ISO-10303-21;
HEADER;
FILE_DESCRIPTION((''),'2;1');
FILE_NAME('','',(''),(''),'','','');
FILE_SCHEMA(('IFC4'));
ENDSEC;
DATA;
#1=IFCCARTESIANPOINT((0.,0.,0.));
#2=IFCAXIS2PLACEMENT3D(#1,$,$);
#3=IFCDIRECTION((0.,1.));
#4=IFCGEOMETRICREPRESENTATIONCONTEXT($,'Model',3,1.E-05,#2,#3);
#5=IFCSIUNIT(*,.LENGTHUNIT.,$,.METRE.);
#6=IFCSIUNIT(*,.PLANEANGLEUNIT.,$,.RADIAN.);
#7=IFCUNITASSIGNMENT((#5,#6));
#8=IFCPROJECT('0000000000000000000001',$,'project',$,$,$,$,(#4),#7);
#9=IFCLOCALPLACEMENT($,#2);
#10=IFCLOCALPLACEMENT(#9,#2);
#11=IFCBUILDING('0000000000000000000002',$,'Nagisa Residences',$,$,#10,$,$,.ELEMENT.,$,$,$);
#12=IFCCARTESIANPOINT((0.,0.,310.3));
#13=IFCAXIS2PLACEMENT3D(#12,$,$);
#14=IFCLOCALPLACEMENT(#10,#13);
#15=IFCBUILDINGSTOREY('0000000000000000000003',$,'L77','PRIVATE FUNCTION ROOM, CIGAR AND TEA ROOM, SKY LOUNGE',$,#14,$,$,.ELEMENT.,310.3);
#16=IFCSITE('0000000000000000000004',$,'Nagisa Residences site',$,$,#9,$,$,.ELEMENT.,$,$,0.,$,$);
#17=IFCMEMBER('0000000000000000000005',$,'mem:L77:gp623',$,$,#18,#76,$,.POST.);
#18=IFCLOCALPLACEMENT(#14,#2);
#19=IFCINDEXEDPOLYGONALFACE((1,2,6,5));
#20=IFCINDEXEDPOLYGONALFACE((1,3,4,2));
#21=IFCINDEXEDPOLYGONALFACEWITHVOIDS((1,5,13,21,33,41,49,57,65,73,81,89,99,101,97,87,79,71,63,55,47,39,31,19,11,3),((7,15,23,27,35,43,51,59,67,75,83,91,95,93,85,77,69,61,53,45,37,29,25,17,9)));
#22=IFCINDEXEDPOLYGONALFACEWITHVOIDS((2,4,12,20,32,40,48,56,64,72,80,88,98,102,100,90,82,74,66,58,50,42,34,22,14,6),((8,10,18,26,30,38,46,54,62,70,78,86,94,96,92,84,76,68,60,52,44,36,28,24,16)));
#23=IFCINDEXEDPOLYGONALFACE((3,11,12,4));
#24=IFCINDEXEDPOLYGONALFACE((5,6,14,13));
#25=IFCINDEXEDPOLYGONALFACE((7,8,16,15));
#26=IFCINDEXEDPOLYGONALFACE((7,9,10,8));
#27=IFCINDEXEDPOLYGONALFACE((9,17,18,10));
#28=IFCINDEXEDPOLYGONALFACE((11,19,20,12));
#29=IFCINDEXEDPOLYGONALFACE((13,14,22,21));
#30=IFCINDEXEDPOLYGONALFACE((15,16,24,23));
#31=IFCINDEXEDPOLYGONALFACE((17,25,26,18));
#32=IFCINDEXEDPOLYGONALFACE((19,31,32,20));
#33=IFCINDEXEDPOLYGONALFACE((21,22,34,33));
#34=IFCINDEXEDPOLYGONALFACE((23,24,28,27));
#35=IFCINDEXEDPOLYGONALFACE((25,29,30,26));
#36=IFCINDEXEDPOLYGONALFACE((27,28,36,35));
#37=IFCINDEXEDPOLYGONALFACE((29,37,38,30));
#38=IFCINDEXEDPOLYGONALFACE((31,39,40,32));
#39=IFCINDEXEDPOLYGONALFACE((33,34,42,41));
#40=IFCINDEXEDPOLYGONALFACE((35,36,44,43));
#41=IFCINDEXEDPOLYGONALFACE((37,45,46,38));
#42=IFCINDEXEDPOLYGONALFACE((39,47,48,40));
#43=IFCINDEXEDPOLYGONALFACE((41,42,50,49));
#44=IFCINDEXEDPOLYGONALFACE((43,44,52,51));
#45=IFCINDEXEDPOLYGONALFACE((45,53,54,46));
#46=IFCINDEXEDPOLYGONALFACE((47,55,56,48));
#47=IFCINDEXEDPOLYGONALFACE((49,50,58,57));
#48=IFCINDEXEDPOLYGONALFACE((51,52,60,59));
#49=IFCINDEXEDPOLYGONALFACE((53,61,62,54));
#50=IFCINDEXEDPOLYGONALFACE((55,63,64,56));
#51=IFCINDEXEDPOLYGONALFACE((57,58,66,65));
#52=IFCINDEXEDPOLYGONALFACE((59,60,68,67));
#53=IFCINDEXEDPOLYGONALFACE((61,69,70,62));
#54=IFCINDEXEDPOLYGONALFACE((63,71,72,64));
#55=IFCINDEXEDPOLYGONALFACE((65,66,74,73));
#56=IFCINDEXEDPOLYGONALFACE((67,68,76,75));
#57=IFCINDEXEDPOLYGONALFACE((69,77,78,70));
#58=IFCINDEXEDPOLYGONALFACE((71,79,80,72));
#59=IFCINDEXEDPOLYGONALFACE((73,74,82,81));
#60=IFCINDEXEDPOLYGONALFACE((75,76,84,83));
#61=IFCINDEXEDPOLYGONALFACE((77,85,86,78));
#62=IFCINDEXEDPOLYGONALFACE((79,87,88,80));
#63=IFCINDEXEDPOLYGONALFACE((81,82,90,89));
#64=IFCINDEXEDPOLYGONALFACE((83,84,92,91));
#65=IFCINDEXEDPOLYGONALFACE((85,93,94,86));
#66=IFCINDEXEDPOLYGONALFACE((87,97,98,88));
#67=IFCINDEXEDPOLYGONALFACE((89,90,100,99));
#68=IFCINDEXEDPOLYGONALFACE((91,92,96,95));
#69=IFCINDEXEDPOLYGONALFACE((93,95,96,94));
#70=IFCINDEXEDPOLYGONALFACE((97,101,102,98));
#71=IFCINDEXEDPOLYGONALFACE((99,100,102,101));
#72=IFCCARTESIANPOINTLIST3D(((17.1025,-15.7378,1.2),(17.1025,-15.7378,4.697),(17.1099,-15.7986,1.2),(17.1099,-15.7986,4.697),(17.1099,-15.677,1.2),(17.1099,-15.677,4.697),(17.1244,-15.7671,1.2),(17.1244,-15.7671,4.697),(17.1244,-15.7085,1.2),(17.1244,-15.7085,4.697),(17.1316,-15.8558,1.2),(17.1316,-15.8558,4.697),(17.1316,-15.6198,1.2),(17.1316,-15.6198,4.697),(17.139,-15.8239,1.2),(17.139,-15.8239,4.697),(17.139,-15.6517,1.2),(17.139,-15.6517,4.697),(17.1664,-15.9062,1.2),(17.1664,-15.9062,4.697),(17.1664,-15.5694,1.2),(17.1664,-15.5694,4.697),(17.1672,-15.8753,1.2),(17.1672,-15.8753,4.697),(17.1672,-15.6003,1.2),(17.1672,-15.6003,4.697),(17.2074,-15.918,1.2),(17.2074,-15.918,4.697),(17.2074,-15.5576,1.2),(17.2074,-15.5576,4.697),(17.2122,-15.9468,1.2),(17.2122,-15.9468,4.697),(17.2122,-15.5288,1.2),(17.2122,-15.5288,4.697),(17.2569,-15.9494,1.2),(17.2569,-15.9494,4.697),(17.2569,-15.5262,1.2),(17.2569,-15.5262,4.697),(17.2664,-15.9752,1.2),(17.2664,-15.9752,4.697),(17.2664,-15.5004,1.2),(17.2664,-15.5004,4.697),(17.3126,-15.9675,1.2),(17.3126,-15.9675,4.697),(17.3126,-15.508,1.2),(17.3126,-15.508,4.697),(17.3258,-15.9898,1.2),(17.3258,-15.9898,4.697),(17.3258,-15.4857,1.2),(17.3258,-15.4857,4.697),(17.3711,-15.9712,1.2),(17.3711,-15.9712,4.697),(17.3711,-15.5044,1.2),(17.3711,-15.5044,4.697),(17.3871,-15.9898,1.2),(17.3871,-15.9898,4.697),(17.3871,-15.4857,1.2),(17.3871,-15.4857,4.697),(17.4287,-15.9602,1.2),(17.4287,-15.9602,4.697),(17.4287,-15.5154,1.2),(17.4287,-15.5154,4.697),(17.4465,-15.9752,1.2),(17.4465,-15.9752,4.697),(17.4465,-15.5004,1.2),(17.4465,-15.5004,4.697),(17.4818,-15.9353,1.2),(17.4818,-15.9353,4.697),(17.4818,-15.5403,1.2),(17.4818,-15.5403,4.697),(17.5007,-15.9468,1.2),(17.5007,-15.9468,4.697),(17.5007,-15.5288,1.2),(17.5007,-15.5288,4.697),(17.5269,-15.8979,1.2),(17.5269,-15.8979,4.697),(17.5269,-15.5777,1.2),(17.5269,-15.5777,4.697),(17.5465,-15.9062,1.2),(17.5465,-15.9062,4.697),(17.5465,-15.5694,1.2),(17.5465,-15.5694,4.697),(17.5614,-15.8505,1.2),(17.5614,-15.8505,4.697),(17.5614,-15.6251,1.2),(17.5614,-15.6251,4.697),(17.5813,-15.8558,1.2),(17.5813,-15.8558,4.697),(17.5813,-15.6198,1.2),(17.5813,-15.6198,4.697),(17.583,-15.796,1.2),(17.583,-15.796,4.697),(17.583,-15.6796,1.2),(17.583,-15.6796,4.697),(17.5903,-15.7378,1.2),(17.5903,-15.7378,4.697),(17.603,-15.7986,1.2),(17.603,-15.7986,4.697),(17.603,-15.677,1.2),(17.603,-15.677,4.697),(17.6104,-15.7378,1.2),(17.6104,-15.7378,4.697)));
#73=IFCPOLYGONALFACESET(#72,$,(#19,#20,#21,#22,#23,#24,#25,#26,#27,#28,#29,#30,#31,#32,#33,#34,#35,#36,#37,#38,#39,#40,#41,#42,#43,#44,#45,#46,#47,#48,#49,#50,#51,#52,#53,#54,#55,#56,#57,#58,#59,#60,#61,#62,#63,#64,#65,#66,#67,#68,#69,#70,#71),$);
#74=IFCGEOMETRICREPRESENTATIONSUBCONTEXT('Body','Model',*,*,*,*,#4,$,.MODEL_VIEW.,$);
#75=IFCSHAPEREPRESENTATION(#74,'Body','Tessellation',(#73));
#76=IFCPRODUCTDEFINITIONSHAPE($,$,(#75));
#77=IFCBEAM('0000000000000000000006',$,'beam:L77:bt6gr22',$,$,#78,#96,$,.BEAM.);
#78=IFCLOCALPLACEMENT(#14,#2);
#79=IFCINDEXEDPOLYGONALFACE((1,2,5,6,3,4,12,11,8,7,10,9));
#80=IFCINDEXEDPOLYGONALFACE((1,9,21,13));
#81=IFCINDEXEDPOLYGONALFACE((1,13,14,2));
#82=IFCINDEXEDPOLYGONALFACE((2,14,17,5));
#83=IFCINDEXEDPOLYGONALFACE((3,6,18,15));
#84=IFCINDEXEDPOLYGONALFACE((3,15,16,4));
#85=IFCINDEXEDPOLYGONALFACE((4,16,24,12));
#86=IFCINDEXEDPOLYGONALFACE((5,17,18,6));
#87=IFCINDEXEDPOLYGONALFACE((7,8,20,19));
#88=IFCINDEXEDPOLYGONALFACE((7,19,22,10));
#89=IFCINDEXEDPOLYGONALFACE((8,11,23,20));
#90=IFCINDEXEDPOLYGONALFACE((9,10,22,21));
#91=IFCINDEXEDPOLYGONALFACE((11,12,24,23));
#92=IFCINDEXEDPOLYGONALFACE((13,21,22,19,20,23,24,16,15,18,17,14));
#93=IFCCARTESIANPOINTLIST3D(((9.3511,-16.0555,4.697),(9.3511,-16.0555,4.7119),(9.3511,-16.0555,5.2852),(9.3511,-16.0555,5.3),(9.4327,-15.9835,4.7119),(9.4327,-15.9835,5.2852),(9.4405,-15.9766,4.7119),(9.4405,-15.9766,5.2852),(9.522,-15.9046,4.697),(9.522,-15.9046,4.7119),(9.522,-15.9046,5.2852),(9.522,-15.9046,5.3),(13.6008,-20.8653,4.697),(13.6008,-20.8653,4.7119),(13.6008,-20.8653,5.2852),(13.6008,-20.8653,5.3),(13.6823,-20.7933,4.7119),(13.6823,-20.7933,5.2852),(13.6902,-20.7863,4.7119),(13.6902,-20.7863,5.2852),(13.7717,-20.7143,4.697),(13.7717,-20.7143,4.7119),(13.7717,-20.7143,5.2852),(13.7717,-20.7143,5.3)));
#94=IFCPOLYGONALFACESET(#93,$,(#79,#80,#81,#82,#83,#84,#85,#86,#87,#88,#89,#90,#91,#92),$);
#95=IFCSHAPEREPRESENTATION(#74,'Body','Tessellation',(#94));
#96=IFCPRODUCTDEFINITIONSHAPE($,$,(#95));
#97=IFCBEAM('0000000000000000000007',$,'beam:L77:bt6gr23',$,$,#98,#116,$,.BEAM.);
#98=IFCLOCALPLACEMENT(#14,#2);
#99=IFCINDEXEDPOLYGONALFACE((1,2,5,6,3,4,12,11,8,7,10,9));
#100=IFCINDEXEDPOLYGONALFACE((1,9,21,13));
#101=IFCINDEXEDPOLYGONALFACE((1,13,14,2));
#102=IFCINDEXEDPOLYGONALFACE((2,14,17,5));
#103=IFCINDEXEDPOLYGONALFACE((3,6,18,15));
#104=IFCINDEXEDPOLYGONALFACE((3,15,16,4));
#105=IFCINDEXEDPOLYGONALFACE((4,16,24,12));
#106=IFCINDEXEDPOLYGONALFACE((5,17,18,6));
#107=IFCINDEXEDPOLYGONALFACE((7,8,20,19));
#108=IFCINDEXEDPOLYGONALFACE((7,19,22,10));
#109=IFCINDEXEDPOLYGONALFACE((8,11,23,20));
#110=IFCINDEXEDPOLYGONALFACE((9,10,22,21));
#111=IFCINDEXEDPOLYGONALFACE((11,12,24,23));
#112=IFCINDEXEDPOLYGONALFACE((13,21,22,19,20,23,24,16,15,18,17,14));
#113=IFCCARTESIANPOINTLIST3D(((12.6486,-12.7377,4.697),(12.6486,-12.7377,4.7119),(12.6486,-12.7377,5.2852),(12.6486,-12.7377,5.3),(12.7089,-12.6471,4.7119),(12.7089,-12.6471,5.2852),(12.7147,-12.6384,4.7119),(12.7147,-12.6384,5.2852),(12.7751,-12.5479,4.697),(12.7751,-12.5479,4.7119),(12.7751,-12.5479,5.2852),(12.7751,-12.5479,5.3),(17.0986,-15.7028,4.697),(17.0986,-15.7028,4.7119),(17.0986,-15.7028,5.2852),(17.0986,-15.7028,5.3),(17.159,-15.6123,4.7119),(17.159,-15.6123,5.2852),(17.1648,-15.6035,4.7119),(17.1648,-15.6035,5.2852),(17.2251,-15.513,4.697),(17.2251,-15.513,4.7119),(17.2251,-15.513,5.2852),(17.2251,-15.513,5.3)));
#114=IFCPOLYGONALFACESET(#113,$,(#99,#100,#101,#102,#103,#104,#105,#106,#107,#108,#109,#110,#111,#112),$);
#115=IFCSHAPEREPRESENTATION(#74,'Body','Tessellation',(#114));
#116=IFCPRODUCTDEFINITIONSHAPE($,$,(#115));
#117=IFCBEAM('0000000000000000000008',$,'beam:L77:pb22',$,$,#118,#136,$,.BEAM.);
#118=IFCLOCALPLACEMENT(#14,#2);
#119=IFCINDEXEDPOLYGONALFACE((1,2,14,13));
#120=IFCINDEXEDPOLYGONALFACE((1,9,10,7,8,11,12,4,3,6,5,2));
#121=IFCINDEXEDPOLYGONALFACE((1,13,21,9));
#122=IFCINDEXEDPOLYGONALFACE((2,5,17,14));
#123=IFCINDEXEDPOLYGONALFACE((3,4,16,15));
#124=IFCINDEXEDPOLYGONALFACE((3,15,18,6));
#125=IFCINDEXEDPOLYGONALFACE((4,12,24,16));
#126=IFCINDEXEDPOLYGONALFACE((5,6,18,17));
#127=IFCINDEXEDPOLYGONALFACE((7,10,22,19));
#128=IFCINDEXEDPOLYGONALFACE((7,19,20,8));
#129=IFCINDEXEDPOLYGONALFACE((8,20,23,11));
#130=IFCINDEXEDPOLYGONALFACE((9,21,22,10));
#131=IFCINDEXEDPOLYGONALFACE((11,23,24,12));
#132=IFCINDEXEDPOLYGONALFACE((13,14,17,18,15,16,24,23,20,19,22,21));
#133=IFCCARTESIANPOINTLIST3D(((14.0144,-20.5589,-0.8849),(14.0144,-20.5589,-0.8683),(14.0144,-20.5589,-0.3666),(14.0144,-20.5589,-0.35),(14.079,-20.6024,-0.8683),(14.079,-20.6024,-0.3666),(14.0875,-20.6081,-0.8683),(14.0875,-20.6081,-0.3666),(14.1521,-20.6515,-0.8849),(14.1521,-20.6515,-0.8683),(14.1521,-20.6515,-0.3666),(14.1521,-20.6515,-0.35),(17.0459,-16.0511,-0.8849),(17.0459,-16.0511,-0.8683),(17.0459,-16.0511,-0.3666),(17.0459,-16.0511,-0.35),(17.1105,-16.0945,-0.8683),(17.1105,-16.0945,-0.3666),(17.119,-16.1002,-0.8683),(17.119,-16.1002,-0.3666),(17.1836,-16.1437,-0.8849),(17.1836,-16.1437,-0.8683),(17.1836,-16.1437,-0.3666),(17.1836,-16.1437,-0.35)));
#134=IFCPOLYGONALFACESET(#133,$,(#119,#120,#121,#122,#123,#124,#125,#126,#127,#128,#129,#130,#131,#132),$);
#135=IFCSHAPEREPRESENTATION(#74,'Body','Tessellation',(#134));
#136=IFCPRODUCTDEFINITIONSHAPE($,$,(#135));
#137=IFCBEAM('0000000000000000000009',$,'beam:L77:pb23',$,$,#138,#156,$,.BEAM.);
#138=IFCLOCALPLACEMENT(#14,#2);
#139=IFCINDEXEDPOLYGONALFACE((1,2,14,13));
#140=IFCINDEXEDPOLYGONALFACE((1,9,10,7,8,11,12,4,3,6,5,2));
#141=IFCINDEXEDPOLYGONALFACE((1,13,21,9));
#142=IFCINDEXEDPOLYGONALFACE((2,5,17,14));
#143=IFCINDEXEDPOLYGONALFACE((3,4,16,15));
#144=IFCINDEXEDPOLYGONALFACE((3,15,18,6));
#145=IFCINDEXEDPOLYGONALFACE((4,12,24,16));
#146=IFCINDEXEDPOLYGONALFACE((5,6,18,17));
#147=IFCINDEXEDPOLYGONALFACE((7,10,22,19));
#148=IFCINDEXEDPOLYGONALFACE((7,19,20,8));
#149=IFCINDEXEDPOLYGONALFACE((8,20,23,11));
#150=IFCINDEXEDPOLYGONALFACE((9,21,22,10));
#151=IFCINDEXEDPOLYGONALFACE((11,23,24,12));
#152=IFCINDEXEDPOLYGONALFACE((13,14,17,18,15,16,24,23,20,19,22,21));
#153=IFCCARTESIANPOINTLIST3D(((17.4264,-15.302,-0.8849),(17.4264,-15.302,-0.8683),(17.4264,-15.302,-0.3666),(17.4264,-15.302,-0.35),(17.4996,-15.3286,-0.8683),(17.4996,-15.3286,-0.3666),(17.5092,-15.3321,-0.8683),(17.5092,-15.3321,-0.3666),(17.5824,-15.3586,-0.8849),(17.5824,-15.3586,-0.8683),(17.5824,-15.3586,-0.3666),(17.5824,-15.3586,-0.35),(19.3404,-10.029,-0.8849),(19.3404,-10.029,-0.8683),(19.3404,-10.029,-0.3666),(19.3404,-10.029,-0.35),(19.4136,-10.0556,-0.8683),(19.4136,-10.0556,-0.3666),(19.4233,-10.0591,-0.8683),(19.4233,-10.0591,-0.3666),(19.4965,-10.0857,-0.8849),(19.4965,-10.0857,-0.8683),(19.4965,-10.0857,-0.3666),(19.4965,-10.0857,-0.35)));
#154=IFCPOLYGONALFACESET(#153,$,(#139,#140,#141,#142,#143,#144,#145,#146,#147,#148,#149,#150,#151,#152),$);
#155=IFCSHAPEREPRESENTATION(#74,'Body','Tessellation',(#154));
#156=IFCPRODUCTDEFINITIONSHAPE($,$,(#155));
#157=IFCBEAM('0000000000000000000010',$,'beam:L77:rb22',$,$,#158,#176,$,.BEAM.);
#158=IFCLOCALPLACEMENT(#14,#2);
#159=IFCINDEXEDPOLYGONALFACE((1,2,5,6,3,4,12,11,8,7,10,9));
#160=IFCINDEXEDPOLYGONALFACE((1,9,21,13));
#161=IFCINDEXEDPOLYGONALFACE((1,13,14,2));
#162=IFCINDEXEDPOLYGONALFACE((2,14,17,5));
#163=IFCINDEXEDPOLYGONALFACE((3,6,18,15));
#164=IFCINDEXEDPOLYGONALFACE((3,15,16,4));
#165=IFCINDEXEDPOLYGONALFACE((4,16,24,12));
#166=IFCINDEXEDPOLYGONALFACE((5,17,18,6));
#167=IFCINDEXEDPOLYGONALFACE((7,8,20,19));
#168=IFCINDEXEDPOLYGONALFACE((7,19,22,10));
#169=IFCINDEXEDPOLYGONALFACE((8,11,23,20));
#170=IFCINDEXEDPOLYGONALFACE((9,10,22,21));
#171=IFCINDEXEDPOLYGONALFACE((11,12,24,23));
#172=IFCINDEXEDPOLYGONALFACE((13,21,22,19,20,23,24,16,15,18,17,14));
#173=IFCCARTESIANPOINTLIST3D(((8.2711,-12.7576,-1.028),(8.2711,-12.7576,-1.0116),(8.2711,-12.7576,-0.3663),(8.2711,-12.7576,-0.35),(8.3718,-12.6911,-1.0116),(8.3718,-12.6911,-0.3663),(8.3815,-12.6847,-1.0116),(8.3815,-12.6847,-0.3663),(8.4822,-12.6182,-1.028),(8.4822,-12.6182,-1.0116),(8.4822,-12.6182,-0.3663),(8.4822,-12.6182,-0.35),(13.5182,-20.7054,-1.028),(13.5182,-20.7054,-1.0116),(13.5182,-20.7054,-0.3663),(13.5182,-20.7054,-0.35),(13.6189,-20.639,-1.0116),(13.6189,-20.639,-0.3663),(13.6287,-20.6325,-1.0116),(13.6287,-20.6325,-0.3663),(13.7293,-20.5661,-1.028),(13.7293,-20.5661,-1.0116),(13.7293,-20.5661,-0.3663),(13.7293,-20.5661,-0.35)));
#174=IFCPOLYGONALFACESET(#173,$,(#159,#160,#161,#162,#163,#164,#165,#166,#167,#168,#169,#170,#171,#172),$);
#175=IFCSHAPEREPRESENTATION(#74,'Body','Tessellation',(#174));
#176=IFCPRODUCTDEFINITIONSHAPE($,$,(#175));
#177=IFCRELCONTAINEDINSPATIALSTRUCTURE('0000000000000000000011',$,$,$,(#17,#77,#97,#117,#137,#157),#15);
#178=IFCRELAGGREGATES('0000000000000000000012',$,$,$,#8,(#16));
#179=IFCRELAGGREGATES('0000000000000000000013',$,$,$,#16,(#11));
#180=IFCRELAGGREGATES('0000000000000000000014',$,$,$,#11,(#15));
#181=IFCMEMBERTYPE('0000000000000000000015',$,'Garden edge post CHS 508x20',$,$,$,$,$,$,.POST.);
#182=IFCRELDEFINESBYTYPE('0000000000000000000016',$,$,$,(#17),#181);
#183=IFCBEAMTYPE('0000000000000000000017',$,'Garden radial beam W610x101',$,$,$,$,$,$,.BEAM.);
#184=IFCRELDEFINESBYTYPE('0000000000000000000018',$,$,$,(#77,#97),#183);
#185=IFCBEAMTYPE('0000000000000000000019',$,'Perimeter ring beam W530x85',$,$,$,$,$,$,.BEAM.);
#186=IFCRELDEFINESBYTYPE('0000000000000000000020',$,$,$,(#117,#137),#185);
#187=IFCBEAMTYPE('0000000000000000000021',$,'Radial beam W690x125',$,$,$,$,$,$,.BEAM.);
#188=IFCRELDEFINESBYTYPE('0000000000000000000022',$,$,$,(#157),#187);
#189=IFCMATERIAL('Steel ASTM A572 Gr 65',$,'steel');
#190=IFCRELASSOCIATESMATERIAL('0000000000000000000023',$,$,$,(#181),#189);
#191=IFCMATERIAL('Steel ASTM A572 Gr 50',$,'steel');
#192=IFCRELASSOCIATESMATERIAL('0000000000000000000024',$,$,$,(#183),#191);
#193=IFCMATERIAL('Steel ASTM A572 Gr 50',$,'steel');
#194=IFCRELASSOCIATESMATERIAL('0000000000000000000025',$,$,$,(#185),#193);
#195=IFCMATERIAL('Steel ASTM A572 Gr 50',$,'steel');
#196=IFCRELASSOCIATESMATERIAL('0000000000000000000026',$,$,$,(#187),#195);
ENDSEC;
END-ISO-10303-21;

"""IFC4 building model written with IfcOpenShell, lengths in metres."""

from ifc_helpers import new_model, si_unit, direction, frame, origin, origin_2d, place, context, subcontext, project, spatial, hollow_circle, i_section, extrude, material, material_profile, profile_set, type_object, element, save


model = new_model("IFC4")

# Units and contexts
model_context = context("Model", 3, precision=1e-05, world=origin(), true_north=direction((0.0, 1.0)))
body_context = subcontext(model_context, "Body", "Model", "MODEL_VIEW")
ifc_project = project(units=[si_unit("LENGTHUNIT", "METRE"), si_unit("PLANEANGLEUNIT", "RADIAN")], contexts=[model_context])

# Site, building, storey
site_placement = place(None, origin())
site = spatial("IfcSite", under=ifc_project, at=site_placement, Name="Nagisa Residences site", CompositionType="ELEMENT", RefElevation=0.0)
building_placement = place(site_placement, origin())
building = spatial("IfcBuilding", under=site, at=building_placement, Name="Nagisa Residences", CompositionType="ELEMENT")
storey_placement = place(building_placement, frame((0.0, 0.0, 310.3)))
storey = spatial("IfcBuildingStorey", under=building, at=storey_placement, Name="L77", Description="PRIVATE FUNCTION ROOM, CIGAR AND TEA ROOM, SKY LOUNGE", CompositionType="ELEMENT", Elevation=310.3)

# Member
ifc_material_1 = material(Name="Steel ASTM A572 Gr 65", Category="steel")
ifc_material_profile_1 = material_profile(ifc_material_1, hollow_circle(Radius=0.2539, WallThickness=0.02, at=origin_2d()), Name="CHS 508x20")
ifc_profile_set_1 = profile_set([ifc_material_profile_1], Name="Steel ASTM A572 Gr 65")
member_type_1 = type_object("IfcMemberType", Name="Garden edge post CHS 508x20", PredefinedType="POST", material=ifc_profile_set_1)
for number, where, z_axis, x_axis, name in (
    (1, (17.3564, -15.7378, 1.2), (0.0, 0.0, 1.0), (1.0, 0.0, 0.0), "mem:L77:gp623"),
):
    element("IfcMember", number, at=place(storey_placement, frame(where, z_axis=z_axis, x_axis=x_axis)), inside=storey, type_object=member_type_1, Name=name, PredefinedType="POST", context=body_context, shape_type="SweptSolid", body=[
        extrude(hollow_circle(Radius=0.2539, WallThickness=0.02, at=origin_2d()), origin(), (0.0, 0.0, 1.0), 3.4971),
    ])

# Beams
ifc_material_2 = material(Name="Steel ASTM A572 Gr 50", Category="steel")
ifc_material_profile_2 = material_profile(ifc_material_2, i_section(OverallWidth=0.228, OverallDepth=0.603, WebThickness=0.0105, FlangeThickness=0.0149, at=origin_2d()), Name="W610x101")
ifc_profile_set_2 = profile_set([ifc_material_profile_2], Name="Steel ASTM A572 Gr 50")
beam_type_1 = type_object("IfcBeamType", Name="Garden radial beam W610x101", PredefinedType="BEAM", material=ifc_profile_set_2)
beam_1_placement = place(storey_placement, frame((13.6863, -20.7898, 4.9985), z_axis=(-0.66213, 0.749389, 0.0), x_axis=(-0.749389, -0.66213, 0.0)))
element("IfcBeam", 2, at=beam_1_placement, inside=storey, type_object=beam_type_1, Name="beam:L77:bt6gr22", PredefinedType="BEAM", context=body_context, shape_type="SweptSolid", body=[
    extrude(i_section(OverallWidth=0.228, OverallDepth=0.603, WebThickness=0.0105, FlangeThickness=0.0149, at=origin_2d()), origin(), (0.0, 0.0, 1.0), 6.4182),
])
beam_2_placement = place(storey_placement, frame((17.1619, -15.6079, 4.9985), z_axis=(-0.832184, 0.5545, 0.0), x_axis=(-0.5545, -0.832184, 0.0)))
element("IfcBeam", 3, at=beam_2_placement, inside=storey, type_object=beam_type_1, Name="beam:L77:bt6gr23", PredefinedType="BEAM", context=body_context, shape_type="SweptSolid", body=[
    extrude(i_section(OverallWidth=0.228, OverallDepth=0.603, WebThickness=0.0105, FlangeThickness=0.0149, at=origin_2d()), origin(), (0.0, 0.0, 1.0), 5.3474),
])
ifc_material_3 = material(Name="Steel ASTM A572 Gr 50", Category="steel")
ifc_material_profile_3 = material_profile(ifc_material_3, i_section(OverallWidth=0.166, OverallDepth=0.5349, WebThickness=0.0103, FlangeThickness=0.0166, at=origin_2d()), Name="W530x85")
ifc_profile_set_3 = profile_set([ifc_material_profile_3], Name="Steel ASTM A572 Gr 50")
beam_type_2 = type_object("IfcBeamType", Name="Perimeter ring beam W530x85", PredefinedType="BEAM", material=ifc_profile_set_3)
beam_3_placement = place(storey_placement, frame((14.0833, -20.6052, -0.6174), z_axis=(0.558046, 0.82981, 0.0), x_axis=(-0.82981, 0.558046, 0.0)))
element("IfcBeam", 4, at=beam_3_placement, inside=storey, type_object=beam_type_2, Name="beam:L77:pb22", PredefinedType="BEAM", context=body_context, shape_type="SweptSolid", body=[
    extrude(i_section(OverallWidth=0.166, OverallDepth=0.5349, WebThickness=0.0103, FlangeThickness=0.0166, at=origin_2d()), origin(), (0.0, 0.0, 1.0), 5.4324),
])
beam_4_placement = place(storey_placement, frame((17.5044, -15.3303, -0.6174), z_axis=(0.341212, 0.939986, 0.0), x_axis=(-0.939986, 0.341212, 0.0)))
element("IfcBeam", 5, at=beam_4_placement, inside=storey, type_object=beam_type_2, Name="beam:L77:pb23", PredefinedType="BEAM", context=body_context, shape_type="SweptSolid", body=[
    extrude(i_section(OverallWidth=0.166, OverallDepth=0.5349, WebThickness=0.0103, FlangeThickness=0.0166, at=origin_2d()), origin(), (0.0, 0.0, 1.0), 5.6096),
])
ifc_material_4 = material(Name="Steel ASTM A572 Gr 50", Category="steel")
ifc_material_profile_4 = material_profile(ifc_material_4, i_section(OverallWidth=0.2529, OverallDepth=0.678, WebThickness=0.0117, FlangeThickness=0.0164, at=origin_2d()), Name="W690x125")
ifc_profile_set_4 = profile_set([ifc_material_profile_4], Name="Steel ASTM A572 Gr 50")
beam_type_3 = type_object("IfcBeamType", Name="Radial beam W690x125", PredefinedType="BEAM", material=ifc_profile_set_4)
beam_5_placement = place(storey_placement, frame((13.6238, -20.6357, -0.689), z_axis=(-0.550956, 0.834534, 0.0), x_axis=(-0.834534, -0.550956, 0.0)))
element("IfcBeam", 6, at=beam_5_placement, inside=storey, type_object=beam_type_3, Name="beam:L77:rb22", PredefinedType="BEAM", context=body_context, shape_type="SweptSolid", body=[
    extrude(i_section(OverallWidth=0.2529, OverallDepth=0.678, WebThickness=0.0117, FlangeThickness=0.0164, at=origin_2d()), origin(), (0.0, 0.0, 1.0), 9.5237),
])

save(model, "model.ifc")
